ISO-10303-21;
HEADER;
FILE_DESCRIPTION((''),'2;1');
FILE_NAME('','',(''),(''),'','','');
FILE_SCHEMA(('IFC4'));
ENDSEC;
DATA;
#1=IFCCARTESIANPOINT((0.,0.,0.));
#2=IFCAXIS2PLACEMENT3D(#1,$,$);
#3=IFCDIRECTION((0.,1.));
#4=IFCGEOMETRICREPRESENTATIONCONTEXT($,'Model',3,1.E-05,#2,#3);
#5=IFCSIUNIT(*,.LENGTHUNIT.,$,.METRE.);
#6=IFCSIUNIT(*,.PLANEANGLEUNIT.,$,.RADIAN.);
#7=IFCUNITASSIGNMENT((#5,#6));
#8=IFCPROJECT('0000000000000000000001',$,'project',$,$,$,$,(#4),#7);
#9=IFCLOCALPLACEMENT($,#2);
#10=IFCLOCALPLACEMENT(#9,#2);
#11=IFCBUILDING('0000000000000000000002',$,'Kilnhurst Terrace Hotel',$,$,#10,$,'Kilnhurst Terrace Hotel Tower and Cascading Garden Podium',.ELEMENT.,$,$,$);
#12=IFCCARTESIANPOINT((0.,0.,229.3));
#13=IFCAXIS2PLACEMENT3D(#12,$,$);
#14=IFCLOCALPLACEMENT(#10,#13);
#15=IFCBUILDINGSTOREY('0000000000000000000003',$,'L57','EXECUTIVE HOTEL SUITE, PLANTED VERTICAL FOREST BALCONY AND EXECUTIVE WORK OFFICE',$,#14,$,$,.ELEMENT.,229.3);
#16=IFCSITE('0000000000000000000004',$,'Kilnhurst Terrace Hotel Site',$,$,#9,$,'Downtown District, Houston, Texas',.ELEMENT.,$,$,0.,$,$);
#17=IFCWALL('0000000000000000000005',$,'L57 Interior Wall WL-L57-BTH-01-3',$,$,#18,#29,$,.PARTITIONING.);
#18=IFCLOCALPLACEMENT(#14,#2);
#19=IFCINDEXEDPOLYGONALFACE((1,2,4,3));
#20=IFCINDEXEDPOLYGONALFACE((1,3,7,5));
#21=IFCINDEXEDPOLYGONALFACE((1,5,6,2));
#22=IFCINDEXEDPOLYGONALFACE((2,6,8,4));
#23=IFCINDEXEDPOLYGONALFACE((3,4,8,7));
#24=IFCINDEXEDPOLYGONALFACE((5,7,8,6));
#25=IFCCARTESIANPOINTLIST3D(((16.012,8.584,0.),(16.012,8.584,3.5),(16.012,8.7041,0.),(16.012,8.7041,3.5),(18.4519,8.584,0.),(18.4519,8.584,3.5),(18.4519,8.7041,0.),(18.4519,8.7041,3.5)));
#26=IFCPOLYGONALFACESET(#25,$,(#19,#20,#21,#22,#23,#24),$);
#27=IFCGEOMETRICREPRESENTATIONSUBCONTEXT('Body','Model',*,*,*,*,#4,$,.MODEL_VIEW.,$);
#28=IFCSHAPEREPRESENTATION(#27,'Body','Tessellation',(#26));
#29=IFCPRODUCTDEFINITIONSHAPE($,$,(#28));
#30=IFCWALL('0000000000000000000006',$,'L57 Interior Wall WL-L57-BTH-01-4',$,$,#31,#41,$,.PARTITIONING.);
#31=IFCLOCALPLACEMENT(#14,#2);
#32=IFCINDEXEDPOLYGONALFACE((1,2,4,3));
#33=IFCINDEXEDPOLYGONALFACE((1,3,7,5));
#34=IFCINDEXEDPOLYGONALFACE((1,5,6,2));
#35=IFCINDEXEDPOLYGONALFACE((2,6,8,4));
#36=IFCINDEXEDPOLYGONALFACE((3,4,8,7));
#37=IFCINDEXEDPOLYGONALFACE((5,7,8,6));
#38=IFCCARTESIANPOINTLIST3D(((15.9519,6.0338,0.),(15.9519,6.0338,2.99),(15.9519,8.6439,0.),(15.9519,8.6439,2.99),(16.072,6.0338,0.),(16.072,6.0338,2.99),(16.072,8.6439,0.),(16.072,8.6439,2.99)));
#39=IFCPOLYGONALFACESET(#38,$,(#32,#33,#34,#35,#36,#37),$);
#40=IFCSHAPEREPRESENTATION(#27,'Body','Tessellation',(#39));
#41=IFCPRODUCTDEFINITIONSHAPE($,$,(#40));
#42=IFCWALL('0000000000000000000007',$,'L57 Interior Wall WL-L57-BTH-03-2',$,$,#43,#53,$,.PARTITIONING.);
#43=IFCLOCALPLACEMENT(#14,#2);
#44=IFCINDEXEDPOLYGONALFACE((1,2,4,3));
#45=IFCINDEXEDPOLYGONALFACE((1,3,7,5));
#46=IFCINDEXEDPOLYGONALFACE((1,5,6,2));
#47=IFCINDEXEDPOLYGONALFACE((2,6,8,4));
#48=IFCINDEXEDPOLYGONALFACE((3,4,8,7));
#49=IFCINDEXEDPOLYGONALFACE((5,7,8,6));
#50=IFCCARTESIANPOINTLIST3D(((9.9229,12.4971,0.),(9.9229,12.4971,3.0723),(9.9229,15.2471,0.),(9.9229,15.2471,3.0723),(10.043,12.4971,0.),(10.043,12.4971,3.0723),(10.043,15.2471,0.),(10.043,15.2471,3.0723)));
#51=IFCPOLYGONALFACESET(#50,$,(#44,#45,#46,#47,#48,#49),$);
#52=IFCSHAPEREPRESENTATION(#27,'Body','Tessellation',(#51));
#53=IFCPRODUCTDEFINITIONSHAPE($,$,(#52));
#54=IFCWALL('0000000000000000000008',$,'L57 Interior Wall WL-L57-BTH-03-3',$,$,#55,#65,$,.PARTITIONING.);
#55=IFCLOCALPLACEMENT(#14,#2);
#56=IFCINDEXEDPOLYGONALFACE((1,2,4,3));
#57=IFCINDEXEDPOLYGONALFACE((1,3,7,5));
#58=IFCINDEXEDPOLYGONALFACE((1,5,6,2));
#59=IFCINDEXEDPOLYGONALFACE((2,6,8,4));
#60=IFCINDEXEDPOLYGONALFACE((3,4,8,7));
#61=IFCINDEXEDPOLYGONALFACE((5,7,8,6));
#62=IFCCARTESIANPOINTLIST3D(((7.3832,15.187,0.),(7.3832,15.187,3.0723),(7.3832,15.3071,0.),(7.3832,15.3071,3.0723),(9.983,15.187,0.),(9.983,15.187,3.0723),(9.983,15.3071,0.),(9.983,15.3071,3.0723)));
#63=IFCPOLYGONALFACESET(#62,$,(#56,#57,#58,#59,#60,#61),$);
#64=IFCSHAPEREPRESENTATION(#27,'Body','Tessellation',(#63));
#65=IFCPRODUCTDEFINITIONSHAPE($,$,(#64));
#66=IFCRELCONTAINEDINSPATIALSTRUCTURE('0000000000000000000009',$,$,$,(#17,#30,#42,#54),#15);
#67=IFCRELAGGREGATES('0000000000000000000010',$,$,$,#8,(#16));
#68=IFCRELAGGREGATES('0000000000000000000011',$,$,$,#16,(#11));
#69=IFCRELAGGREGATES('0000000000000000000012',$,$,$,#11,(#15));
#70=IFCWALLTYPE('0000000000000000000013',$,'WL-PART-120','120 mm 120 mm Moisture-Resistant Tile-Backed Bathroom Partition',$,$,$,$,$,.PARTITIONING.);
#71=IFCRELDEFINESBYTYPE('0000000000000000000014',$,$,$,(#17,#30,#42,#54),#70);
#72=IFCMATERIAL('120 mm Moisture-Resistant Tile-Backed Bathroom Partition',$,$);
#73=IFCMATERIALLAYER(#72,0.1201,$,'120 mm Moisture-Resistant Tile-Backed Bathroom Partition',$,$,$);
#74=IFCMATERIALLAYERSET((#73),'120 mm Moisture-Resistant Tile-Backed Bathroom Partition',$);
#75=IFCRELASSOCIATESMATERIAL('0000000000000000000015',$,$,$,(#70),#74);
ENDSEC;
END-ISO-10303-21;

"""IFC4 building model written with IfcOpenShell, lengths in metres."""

from ifc_helpers import new_model, si_unit, direction, frame, frame_2d, origin, place, context, subcontext, project, spatial, rectangle, extrude, material, layer, layer_set, type_object, element, save


model = new_model("IFC4")

# Units and contexts
model_context = context("Model", 3, precision=1e-05, world=origin(), true_north=direction((0.0, 1.0)))
body_context = subcontext(model_context, "Body", "Model", "MODEL_VIEW")
ifc_project = project(units=[si_unit("LENGTHUNIT", "METRE"), si_unit("PLANEANGLEUNIT", "RADIAN")], contexts=[model_context])

# Site, building, storey
site_placement = place(None, origin())
site = spatial("IfcSite", under=ifc_project, at=site_placement, Name="Kilnhurst Terrace Hotel Site", LongName="Downtown District, Houston, Texas", CompositionType="ELEMENT", RefElevation=0.0)
building_placement = place(site_placement, origin())
building = spatial("IfcBuilding", under=site, at=building_placement, Name="Kilnhurst Terrace Hotel", LongName="Kilnhurst Terrace Hotel Tower and Cascading Garden Podium", CompositionType="ELEMENT")
storey_placement = place(building_placement, frame((0.0, 0.0, 229.3)))
storey = spatial("IfcBuildingStorey", under=building, at=storey_placement, Name="L57", Description="EXECUTIVE HOTEL SUITE, PLANTED VERTICAL FOREST BALCONY AND EXECUTIVE WORK OFFICE", CompositionType="ELEMENT", Elevation=229.3)

# Walls
ifc_material_1 = material(Name="120 mm Moisture-Resistant Tile-Backed Bathroom Partition")
ifc_layer_1 = layer(ifc_material_1, 0.1201, Name="120 mm Moisture-Resistant Tile-Backed Bathroom Partition")
ifc_layer_set_1 = layer_set([ifc_layer_1], Name="120 mm Moisture-Resistant Tile-Backed Bathroom Partition")
wall_type_1 = type_object("IfcWallType", Name="WL-PART-120", Description="120 mm 120 mm Moisture-Resistant Tile-Backed Bathroom Partition", PredefinedType="PARTITIONING", material=ifc_layer_set_1)
wall_1_placement = place(storey_placement, frame((18.4519, 8.644, 0.0), z_axis=(0.0, 0.0, 1.0), x_axis=(-1.0, 0.0, 0.0)))
element("IfcWall", 1, at=wall_1_placement, inside=storey, type_object=wall_type_1, Name="L57 Interior Wall WL-L57-BTH-01-3", PredefinedType="PARTITIONING", context=body_context, shape_type="SweptSolid", body=[
    extrude(rectangle(XDim=2.4399, YDim=0.1201, at=frame_2d((1.22, 0.0))), origin(), (0.0, 0.0, 1.0), 3.5),
])
wall_2_placement = place(storey_placement, frame((16.012, 8.644, 0.0), z_axis=(0.0, 0.0, 1.0), x_axis=(0.0, -1.0, 0.0)))
element("IfcWall", 2, at=wall_2_placement, inside=storey, type_object=wall_type_1, Name="L57 Interior Wall WL-L57-BTH-01-4", PredefinedType="PARTITIONING", context=body_context, shape_type="SweptSolid", body=[
    extrude(rectangle(XDim=2.6101, YDim=0.1201, at=frame_2d((1.3052, 0.0))), origin(), (0.0, 0.0, 1.0), 2.99),
])
wall_3_placement = place(storey_placement, frame((9.9829, 12.4971, 0.0), z_axis=(0.0, 0.0, 1.0), x_axis=(0.0, 1.0, 0.0)))
element("IfcWall", 3, at=wall_3_placement, inside=storey, type_object=wall_type_1, Name="L57 Interior Wall WL-L57-BTH-03-2", PredefinedType="PARTITIONING", context=body_context, shape_type="SweptSolid", body=[
    extrude(rectangle(XDim=2.75, YDim=0.1201, at=frame_2d((1.375, 0.0))), origin(), (0.0, 0.0, 1.0), 3.0723),
])
wall_4_placement = place(storey_placement, frame((9.9829, 15.2471, 0.0), z_axis=(0.0, 0.0, 1.0), x_axis=(-1.0, 0.0, 0.0)))
element("IfcWall", 4, at=wall_4_placement, inside=storey, type_object=wall_type_1, Name="L57 Interior Wall WL-L57-BTH-03-3", PredefinedType="PARTITIONING", context=body_context, shape_type="SweptSolid", body=[
    extrude(rectangle(XDim=2.5999, YDim=0.1201, at=frame_2d((1.2998, 0.0))), origin(), (0.0, 0.0, 1.0), 3.0723),
])

save(model, "model.ifc")
